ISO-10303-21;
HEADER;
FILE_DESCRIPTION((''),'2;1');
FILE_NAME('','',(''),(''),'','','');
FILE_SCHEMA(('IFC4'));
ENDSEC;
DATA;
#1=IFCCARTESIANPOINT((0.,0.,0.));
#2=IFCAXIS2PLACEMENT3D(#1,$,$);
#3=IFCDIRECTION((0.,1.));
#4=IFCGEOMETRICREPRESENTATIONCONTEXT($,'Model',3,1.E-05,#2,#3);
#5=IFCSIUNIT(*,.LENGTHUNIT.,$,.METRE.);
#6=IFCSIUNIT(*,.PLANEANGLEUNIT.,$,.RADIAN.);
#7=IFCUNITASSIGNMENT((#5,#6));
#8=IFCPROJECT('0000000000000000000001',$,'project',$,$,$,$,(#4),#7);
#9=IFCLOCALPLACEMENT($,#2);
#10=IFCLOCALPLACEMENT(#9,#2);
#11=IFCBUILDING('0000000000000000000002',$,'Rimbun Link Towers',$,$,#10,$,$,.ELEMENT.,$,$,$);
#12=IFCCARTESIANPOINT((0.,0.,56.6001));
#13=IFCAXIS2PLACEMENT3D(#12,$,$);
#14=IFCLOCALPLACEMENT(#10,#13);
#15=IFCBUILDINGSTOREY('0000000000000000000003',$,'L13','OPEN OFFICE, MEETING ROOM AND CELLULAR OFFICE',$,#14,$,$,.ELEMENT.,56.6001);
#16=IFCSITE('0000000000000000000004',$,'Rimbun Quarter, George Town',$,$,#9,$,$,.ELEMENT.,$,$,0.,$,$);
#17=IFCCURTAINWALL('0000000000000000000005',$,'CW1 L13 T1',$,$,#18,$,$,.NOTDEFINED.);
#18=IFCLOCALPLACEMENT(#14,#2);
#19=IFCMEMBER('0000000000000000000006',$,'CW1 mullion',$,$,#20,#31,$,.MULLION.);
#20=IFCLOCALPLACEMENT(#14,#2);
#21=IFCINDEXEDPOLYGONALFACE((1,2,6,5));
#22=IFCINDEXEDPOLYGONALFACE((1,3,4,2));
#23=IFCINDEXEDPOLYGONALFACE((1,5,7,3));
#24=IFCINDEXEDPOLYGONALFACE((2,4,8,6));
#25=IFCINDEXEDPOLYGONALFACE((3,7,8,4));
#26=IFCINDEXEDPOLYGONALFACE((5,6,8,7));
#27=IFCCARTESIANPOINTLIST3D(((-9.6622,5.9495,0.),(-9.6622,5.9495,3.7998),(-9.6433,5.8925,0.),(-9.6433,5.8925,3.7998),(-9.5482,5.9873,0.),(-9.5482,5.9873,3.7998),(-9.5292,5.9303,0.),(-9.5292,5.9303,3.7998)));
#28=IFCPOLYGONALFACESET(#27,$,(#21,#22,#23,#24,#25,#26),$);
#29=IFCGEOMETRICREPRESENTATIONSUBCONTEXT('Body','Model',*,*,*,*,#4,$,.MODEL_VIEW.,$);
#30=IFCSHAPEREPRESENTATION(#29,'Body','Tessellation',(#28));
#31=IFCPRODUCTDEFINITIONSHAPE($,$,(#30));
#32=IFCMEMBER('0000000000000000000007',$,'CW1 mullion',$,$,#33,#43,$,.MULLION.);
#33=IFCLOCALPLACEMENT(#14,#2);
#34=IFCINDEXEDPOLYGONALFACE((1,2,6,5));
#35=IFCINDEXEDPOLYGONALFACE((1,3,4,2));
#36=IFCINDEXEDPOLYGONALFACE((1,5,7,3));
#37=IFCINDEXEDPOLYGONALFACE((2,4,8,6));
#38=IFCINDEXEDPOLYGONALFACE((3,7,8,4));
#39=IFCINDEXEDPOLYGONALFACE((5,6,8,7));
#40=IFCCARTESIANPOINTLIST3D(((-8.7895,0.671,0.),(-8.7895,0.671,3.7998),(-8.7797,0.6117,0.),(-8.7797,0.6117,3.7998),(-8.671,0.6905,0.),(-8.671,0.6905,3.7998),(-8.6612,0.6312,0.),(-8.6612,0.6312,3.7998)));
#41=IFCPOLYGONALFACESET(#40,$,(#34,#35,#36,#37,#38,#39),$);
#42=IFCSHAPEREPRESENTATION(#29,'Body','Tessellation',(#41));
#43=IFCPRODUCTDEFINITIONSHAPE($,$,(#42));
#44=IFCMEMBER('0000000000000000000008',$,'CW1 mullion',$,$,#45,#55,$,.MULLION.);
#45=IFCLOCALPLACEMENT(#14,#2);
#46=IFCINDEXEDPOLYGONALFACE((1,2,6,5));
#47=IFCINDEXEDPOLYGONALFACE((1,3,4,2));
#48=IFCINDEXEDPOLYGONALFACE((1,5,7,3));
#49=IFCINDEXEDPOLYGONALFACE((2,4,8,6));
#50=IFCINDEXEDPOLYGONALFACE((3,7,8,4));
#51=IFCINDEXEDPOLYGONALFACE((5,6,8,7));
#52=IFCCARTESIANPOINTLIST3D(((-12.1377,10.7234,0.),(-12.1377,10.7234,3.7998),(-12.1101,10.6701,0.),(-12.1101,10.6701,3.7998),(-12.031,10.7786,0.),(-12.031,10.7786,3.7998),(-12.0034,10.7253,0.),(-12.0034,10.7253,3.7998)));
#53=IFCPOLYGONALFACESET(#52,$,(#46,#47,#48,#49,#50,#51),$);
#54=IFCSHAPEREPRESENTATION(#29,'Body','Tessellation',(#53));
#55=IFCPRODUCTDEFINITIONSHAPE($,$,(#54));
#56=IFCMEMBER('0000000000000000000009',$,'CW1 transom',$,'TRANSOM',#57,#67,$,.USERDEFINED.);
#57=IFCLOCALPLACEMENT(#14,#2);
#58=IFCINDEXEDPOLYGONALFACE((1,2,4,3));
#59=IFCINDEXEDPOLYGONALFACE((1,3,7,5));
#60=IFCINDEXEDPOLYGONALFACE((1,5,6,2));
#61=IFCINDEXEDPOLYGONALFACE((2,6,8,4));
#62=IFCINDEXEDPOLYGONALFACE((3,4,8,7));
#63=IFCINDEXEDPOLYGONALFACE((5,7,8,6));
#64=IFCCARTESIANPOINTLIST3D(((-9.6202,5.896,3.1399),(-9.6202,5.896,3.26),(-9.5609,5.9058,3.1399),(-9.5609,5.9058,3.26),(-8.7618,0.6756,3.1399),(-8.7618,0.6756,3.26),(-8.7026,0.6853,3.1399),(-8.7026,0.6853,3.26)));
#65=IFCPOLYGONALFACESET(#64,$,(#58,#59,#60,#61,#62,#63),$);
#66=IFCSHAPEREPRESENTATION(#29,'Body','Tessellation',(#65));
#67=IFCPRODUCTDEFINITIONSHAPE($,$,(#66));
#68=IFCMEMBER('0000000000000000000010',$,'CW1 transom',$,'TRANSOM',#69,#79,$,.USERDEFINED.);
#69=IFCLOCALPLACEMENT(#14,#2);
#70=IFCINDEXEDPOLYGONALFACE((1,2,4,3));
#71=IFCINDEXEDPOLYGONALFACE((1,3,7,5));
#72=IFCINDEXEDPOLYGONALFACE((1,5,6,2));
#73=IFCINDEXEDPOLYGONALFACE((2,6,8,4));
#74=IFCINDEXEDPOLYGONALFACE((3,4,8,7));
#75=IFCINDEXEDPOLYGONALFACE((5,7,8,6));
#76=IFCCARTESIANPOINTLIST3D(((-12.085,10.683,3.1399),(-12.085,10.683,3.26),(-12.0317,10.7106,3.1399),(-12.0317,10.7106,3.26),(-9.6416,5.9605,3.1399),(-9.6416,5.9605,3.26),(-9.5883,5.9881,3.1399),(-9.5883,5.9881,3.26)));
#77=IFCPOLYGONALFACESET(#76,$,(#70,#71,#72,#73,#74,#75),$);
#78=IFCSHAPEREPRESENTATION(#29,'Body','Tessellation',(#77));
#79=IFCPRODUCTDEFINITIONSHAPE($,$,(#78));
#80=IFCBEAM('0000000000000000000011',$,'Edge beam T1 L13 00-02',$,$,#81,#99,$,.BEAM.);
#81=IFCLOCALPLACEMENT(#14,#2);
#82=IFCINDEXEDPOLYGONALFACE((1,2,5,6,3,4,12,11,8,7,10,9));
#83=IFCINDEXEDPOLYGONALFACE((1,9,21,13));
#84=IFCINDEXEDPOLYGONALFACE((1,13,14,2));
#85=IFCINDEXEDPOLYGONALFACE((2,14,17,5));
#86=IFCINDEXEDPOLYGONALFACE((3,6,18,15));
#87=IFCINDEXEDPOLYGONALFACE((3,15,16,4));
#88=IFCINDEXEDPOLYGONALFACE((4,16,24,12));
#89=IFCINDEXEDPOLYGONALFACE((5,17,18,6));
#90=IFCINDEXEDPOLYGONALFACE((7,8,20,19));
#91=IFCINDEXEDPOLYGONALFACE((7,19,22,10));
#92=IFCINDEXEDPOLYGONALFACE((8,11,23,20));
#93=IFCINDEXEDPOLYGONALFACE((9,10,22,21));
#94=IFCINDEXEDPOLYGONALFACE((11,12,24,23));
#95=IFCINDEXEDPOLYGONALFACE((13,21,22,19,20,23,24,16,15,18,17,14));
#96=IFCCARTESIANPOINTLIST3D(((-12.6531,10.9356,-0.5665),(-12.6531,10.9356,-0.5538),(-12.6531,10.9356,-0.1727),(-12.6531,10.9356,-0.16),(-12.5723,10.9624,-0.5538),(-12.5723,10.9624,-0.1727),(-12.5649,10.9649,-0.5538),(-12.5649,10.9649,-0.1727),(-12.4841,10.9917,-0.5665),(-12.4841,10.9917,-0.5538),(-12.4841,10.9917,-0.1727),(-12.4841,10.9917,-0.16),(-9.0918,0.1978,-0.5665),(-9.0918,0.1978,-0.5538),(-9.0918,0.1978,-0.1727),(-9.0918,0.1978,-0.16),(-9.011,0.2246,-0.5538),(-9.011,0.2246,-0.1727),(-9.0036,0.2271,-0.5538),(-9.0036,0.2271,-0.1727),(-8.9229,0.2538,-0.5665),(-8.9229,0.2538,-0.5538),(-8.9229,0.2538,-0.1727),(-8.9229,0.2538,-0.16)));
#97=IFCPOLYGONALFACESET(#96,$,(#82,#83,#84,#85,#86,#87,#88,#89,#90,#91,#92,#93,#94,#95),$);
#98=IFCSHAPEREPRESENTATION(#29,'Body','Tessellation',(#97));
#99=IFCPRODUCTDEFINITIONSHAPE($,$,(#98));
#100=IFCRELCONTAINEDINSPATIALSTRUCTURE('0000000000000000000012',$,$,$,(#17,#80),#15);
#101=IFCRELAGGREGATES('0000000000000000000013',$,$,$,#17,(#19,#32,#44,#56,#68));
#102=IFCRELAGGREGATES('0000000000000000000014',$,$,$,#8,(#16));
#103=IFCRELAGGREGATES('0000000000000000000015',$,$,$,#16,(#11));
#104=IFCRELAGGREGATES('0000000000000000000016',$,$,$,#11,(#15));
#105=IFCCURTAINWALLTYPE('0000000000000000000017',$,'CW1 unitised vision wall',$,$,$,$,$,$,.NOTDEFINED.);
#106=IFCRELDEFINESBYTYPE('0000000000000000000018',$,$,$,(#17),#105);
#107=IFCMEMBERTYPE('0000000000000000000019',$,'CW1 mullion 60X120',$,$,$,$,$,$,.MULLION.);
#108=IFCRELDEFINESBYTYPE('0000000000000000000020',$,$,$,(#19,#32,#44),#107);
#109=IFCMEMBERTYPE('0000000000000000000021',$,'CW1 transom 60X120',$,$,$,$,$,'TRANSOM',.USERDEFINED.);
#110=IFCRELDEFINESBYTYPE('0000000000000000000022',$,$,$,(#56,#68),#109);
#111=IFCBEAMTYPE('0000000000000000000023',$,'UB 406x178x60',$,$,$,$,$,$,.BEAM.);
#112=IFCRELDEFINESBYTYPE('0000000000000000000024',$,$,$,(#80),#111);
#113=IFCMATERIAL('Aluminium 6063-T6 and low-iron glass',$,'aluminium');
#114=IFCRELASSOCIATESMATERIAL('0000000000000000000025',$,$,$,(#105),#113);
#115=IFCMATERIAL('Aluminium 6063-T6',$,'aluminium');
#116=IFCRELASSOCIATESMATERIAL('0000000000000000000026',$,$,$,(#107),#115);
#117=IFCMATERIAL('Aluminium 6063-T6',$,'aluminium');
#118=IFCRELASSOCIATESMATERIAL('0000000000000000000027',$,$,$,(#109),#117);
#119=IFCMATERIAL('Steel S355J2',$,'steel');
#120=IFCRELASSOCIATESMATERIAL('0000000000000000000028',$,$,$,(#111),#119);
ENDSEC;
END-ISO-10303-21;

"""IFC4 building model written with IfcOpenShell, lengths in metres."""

from ifc_helpers import new_model, si_unit, direction, frame, origin, origin_2d, place, context, subcontext, project, spatial, rectangle, i_section, extrude, material, material_profile, profile_set, type_object, element, aggregate, save


model = new_model("IFC4")

# Units and contexts
model_context = context("Model", 3, precision=1e-05, world=origin(), true_north=direction((0.0, 1.0)))
body_context = subcontext(model_context, "Body", "Model", "MODEL_VIEW")
ifc_project = project(units=[si_unit("LENGTHUNIT", "METRE"), si_unit("PLANEANGLEUNIT", "RADIAN")], contexts=[model_context])

# Site, building, storey
site_placement = place(None, origin())
site = spatial("IfcSite", under=ifc_project, at=site_placement, Name="Rimbun Quarter, George Town", CompositionType="ELEMENT", RefElevation=0.0)
building_placement = place(site_placement, origin())
building = spatial("IfcBuilding", under=site, at=building_placement, Name="Rimbun Link Towers", CompositionType="ELEMENT")
storey_placement = place(building_placement, frame((0.0, 0.0, 56.6001)))
storey = spatial("IfcBuildingStorey", under=building, at=storey_placement, Name="L13", Description="OPEN OFFICE, MEETING ROOM AND CELLULAR OFFICE", CompositionType="ELEMENT", Elevation=56.6001)

# Curtain wall, members
ifc_material_1 = material(Name="Aluminium 6063-T6 and low-iron glass", Category="aluminium")
curtain_wall_type = type_object("IfcCurtainWallType", Name="CW1 unitised vision wall", PredefinedType="NOTDEFINED", material=ifc_material_1)
curtain_wall_placement = place(storey_placement, origin())
curtain_wall = element("IfcCurtainWall", 1, at=curtain_wall_placement, inside=storey, type_object=curtain_wall_type, Name="CW1 L13 T1", PredefinedType="NOTDEFINED")
ifc_material_2 = material(Name="Aluminium 6063-T6", Category="aluminium")
ifc_material_profile_1 = material_profile(ifc_material_2, rectangle(XDim=0.1201, YDim=0.0601, at=origin_2d()), Name="MULLION 60X120")
ifc_profile_set_1 = profile_set([ifc_material_profile_1], Name="Aluminium 6063-T6")
member_type_1 = type_object("IfcMemberType", Name="CW1 mullion 60X120", PredefinedType="MULLION", material=ifc_profile_set_1)
member_1_placement = place(storey_placement, frame((-9.5957, 5.9399, 0.0), z_axis=(0.0, 0.0, 1.0), x_axis=(0.949162, 0.314789, 0.0)))
member_1 = element("IfcMember", 2, at=member_1_placement, type_object=member_type_1, Name="CW1 mullion", PredefinedType="MULLION", context=body_context, shape_type="SweptSolid", body=[
    extrude(rectangle(XDim=0.1201, YDim=0.0601, at=origin_2d()), origin(), (0.0, 0.0, 1.0), 3.7998),
])
member_2_placement = place(storey_placement, frame((-8.7253, 0.6511, 0.0), z_axis=(0.0, 0.0, 1.0), x_axis=(0.986747, 0.162269, 0.0)))
member_2 = element("IfcMember", 3, at=member_2_placement, type_object=member_type_1, Name="CW1 mullion", PredefinedType="MULLION", context=body_context, shape_type="SweptSolid", body=[
    extrude(rectangle(XDim=0.1201, YDim=0.0601, at=origin_2d()), origin(), (0.0, 0.0, 1.0), 3.7998),
])
member_3_placement = place(storey_placement, frame((-12.0706, 10.7244, 0.0), z_axis=(0.0, 0.0, 1.0), x_axis=(0.888157, 0.459541, 0.0)))
member_3 = element("IfcMember", 4, at=member_3_placement, type_object=member_type_1, Name="CW1 mullion", PredefinedType="MULLION", context=body_context, shape_type="SweptSolid", body=[
    extrude(rectangle(XDim=0.1201, YDim=0.0601, at=origin_2d()), origin(), (0.0, 0.0, 1.0), 3.7998),
])
ifc_material_3 = material(Name="Aluminium 6063-T6", Category="aluminium")
ifc_material_profile_2 = material_profile(ifc_material_3, rectangle(XDim=0.0601, YDim=0.1201, at=origin_2d()), Name="TRANSOM 60X120")
ifc_profile_set_2 = profile_set([ifc_material_profile_2], Name="Aluminium 6063-T6")
member_type_2 = type_object("IfcMemberType", Name="CW1 transom 60X120", ElementType="TRANSOM", PredefinedType="USERDEFINED", material=ifc_profile_set_2)
member_4_placement = place(storey_placement, frame((-9.5906, 5.9009, 3.2), z_axis=(0.162251, -0.98675, 0.0), x_axis=(0.98675, 0.162251, 0.0)))
member_4 = element("IfcMember", 5, at=member_4_placement, type_object=member_type_2, Name="CW1 transom", ObjectType="TRANSOM", PredefinedType="USERDEFINED", context=body_context, shape_type="SweptSolid", body=[
    extrude(rectangle(XDim=0.0601, YDim=0.1201, at=origin_2d()), origin(), (0.0, 0.0, 1.0), 5.2905),
])
member_5_placement = place(storey_placement, frame((-12.0583, 10.6968, 3.2), z_axis=(0.459532, -0.888161, 0.0), x_axis=(0.888161, 0.459532, 0.0)))
member_5 = element("IfcMember", 6, at=member_5_placement, type_object=member_type_2, Name="CW1 transom", ObjectType="TRANSOM", PredefinedType="USERDEFINED", context=body_context, shape_type="SweptSolid", body=[
    extrude(rectangle(XDim=0.0601, YDim=0.1201, at=origin_2d()), origin(), (0.0, 0.0, 1.0), 5.3171),
])

# Beam
ifc_material_4 = material(Name="Steel S355J2", Category="steel")
ifc_material_profile_3 = material_profile(ifc_material_4, i_section(OverallWidth=0.178, OverallDepth=0.4065, WebThickness=0.0078, FlangeThickness=0.0127, at=origin_2d()), Name="UB 406x178x60")
ifc_profile_set_3 = profile_set([ifc_material_profile_3], Name="Steel S355J2")
beam_type = type_object("IfcBeamType", Name="UB 406x178x60", PredefinedType="BEAM", material=ifc_profile_set_3)
beam_placement = place(storey_placement, frame((-9.0073, 0.2258, -0.3633), z_axis=(-0.314797, 0.949159, 0.0), x_axis=(-0.949159, -0.314797, 0.0)))
element("IfcBeam", 7, at=beam_placement, inside=storey, type_object=beam_type, Name="Edge beam T1 L13 00-02", PredefinedType="BEAM", context=body_context, shape_type="SweptSolid", body=[
    extrude(i_section(OverallWidth=0.178, OverallDepth=0.4065, WebThickness=0.0078, FlangeThickness=0.0127, at=origin_2d()), origin(), (0.0, 0.0, 1.0), 11.313),
])

aggregate(curtain_wall, [member_1, member_2, member_3, member_4, member_5])

save(model, "model.ifc")
